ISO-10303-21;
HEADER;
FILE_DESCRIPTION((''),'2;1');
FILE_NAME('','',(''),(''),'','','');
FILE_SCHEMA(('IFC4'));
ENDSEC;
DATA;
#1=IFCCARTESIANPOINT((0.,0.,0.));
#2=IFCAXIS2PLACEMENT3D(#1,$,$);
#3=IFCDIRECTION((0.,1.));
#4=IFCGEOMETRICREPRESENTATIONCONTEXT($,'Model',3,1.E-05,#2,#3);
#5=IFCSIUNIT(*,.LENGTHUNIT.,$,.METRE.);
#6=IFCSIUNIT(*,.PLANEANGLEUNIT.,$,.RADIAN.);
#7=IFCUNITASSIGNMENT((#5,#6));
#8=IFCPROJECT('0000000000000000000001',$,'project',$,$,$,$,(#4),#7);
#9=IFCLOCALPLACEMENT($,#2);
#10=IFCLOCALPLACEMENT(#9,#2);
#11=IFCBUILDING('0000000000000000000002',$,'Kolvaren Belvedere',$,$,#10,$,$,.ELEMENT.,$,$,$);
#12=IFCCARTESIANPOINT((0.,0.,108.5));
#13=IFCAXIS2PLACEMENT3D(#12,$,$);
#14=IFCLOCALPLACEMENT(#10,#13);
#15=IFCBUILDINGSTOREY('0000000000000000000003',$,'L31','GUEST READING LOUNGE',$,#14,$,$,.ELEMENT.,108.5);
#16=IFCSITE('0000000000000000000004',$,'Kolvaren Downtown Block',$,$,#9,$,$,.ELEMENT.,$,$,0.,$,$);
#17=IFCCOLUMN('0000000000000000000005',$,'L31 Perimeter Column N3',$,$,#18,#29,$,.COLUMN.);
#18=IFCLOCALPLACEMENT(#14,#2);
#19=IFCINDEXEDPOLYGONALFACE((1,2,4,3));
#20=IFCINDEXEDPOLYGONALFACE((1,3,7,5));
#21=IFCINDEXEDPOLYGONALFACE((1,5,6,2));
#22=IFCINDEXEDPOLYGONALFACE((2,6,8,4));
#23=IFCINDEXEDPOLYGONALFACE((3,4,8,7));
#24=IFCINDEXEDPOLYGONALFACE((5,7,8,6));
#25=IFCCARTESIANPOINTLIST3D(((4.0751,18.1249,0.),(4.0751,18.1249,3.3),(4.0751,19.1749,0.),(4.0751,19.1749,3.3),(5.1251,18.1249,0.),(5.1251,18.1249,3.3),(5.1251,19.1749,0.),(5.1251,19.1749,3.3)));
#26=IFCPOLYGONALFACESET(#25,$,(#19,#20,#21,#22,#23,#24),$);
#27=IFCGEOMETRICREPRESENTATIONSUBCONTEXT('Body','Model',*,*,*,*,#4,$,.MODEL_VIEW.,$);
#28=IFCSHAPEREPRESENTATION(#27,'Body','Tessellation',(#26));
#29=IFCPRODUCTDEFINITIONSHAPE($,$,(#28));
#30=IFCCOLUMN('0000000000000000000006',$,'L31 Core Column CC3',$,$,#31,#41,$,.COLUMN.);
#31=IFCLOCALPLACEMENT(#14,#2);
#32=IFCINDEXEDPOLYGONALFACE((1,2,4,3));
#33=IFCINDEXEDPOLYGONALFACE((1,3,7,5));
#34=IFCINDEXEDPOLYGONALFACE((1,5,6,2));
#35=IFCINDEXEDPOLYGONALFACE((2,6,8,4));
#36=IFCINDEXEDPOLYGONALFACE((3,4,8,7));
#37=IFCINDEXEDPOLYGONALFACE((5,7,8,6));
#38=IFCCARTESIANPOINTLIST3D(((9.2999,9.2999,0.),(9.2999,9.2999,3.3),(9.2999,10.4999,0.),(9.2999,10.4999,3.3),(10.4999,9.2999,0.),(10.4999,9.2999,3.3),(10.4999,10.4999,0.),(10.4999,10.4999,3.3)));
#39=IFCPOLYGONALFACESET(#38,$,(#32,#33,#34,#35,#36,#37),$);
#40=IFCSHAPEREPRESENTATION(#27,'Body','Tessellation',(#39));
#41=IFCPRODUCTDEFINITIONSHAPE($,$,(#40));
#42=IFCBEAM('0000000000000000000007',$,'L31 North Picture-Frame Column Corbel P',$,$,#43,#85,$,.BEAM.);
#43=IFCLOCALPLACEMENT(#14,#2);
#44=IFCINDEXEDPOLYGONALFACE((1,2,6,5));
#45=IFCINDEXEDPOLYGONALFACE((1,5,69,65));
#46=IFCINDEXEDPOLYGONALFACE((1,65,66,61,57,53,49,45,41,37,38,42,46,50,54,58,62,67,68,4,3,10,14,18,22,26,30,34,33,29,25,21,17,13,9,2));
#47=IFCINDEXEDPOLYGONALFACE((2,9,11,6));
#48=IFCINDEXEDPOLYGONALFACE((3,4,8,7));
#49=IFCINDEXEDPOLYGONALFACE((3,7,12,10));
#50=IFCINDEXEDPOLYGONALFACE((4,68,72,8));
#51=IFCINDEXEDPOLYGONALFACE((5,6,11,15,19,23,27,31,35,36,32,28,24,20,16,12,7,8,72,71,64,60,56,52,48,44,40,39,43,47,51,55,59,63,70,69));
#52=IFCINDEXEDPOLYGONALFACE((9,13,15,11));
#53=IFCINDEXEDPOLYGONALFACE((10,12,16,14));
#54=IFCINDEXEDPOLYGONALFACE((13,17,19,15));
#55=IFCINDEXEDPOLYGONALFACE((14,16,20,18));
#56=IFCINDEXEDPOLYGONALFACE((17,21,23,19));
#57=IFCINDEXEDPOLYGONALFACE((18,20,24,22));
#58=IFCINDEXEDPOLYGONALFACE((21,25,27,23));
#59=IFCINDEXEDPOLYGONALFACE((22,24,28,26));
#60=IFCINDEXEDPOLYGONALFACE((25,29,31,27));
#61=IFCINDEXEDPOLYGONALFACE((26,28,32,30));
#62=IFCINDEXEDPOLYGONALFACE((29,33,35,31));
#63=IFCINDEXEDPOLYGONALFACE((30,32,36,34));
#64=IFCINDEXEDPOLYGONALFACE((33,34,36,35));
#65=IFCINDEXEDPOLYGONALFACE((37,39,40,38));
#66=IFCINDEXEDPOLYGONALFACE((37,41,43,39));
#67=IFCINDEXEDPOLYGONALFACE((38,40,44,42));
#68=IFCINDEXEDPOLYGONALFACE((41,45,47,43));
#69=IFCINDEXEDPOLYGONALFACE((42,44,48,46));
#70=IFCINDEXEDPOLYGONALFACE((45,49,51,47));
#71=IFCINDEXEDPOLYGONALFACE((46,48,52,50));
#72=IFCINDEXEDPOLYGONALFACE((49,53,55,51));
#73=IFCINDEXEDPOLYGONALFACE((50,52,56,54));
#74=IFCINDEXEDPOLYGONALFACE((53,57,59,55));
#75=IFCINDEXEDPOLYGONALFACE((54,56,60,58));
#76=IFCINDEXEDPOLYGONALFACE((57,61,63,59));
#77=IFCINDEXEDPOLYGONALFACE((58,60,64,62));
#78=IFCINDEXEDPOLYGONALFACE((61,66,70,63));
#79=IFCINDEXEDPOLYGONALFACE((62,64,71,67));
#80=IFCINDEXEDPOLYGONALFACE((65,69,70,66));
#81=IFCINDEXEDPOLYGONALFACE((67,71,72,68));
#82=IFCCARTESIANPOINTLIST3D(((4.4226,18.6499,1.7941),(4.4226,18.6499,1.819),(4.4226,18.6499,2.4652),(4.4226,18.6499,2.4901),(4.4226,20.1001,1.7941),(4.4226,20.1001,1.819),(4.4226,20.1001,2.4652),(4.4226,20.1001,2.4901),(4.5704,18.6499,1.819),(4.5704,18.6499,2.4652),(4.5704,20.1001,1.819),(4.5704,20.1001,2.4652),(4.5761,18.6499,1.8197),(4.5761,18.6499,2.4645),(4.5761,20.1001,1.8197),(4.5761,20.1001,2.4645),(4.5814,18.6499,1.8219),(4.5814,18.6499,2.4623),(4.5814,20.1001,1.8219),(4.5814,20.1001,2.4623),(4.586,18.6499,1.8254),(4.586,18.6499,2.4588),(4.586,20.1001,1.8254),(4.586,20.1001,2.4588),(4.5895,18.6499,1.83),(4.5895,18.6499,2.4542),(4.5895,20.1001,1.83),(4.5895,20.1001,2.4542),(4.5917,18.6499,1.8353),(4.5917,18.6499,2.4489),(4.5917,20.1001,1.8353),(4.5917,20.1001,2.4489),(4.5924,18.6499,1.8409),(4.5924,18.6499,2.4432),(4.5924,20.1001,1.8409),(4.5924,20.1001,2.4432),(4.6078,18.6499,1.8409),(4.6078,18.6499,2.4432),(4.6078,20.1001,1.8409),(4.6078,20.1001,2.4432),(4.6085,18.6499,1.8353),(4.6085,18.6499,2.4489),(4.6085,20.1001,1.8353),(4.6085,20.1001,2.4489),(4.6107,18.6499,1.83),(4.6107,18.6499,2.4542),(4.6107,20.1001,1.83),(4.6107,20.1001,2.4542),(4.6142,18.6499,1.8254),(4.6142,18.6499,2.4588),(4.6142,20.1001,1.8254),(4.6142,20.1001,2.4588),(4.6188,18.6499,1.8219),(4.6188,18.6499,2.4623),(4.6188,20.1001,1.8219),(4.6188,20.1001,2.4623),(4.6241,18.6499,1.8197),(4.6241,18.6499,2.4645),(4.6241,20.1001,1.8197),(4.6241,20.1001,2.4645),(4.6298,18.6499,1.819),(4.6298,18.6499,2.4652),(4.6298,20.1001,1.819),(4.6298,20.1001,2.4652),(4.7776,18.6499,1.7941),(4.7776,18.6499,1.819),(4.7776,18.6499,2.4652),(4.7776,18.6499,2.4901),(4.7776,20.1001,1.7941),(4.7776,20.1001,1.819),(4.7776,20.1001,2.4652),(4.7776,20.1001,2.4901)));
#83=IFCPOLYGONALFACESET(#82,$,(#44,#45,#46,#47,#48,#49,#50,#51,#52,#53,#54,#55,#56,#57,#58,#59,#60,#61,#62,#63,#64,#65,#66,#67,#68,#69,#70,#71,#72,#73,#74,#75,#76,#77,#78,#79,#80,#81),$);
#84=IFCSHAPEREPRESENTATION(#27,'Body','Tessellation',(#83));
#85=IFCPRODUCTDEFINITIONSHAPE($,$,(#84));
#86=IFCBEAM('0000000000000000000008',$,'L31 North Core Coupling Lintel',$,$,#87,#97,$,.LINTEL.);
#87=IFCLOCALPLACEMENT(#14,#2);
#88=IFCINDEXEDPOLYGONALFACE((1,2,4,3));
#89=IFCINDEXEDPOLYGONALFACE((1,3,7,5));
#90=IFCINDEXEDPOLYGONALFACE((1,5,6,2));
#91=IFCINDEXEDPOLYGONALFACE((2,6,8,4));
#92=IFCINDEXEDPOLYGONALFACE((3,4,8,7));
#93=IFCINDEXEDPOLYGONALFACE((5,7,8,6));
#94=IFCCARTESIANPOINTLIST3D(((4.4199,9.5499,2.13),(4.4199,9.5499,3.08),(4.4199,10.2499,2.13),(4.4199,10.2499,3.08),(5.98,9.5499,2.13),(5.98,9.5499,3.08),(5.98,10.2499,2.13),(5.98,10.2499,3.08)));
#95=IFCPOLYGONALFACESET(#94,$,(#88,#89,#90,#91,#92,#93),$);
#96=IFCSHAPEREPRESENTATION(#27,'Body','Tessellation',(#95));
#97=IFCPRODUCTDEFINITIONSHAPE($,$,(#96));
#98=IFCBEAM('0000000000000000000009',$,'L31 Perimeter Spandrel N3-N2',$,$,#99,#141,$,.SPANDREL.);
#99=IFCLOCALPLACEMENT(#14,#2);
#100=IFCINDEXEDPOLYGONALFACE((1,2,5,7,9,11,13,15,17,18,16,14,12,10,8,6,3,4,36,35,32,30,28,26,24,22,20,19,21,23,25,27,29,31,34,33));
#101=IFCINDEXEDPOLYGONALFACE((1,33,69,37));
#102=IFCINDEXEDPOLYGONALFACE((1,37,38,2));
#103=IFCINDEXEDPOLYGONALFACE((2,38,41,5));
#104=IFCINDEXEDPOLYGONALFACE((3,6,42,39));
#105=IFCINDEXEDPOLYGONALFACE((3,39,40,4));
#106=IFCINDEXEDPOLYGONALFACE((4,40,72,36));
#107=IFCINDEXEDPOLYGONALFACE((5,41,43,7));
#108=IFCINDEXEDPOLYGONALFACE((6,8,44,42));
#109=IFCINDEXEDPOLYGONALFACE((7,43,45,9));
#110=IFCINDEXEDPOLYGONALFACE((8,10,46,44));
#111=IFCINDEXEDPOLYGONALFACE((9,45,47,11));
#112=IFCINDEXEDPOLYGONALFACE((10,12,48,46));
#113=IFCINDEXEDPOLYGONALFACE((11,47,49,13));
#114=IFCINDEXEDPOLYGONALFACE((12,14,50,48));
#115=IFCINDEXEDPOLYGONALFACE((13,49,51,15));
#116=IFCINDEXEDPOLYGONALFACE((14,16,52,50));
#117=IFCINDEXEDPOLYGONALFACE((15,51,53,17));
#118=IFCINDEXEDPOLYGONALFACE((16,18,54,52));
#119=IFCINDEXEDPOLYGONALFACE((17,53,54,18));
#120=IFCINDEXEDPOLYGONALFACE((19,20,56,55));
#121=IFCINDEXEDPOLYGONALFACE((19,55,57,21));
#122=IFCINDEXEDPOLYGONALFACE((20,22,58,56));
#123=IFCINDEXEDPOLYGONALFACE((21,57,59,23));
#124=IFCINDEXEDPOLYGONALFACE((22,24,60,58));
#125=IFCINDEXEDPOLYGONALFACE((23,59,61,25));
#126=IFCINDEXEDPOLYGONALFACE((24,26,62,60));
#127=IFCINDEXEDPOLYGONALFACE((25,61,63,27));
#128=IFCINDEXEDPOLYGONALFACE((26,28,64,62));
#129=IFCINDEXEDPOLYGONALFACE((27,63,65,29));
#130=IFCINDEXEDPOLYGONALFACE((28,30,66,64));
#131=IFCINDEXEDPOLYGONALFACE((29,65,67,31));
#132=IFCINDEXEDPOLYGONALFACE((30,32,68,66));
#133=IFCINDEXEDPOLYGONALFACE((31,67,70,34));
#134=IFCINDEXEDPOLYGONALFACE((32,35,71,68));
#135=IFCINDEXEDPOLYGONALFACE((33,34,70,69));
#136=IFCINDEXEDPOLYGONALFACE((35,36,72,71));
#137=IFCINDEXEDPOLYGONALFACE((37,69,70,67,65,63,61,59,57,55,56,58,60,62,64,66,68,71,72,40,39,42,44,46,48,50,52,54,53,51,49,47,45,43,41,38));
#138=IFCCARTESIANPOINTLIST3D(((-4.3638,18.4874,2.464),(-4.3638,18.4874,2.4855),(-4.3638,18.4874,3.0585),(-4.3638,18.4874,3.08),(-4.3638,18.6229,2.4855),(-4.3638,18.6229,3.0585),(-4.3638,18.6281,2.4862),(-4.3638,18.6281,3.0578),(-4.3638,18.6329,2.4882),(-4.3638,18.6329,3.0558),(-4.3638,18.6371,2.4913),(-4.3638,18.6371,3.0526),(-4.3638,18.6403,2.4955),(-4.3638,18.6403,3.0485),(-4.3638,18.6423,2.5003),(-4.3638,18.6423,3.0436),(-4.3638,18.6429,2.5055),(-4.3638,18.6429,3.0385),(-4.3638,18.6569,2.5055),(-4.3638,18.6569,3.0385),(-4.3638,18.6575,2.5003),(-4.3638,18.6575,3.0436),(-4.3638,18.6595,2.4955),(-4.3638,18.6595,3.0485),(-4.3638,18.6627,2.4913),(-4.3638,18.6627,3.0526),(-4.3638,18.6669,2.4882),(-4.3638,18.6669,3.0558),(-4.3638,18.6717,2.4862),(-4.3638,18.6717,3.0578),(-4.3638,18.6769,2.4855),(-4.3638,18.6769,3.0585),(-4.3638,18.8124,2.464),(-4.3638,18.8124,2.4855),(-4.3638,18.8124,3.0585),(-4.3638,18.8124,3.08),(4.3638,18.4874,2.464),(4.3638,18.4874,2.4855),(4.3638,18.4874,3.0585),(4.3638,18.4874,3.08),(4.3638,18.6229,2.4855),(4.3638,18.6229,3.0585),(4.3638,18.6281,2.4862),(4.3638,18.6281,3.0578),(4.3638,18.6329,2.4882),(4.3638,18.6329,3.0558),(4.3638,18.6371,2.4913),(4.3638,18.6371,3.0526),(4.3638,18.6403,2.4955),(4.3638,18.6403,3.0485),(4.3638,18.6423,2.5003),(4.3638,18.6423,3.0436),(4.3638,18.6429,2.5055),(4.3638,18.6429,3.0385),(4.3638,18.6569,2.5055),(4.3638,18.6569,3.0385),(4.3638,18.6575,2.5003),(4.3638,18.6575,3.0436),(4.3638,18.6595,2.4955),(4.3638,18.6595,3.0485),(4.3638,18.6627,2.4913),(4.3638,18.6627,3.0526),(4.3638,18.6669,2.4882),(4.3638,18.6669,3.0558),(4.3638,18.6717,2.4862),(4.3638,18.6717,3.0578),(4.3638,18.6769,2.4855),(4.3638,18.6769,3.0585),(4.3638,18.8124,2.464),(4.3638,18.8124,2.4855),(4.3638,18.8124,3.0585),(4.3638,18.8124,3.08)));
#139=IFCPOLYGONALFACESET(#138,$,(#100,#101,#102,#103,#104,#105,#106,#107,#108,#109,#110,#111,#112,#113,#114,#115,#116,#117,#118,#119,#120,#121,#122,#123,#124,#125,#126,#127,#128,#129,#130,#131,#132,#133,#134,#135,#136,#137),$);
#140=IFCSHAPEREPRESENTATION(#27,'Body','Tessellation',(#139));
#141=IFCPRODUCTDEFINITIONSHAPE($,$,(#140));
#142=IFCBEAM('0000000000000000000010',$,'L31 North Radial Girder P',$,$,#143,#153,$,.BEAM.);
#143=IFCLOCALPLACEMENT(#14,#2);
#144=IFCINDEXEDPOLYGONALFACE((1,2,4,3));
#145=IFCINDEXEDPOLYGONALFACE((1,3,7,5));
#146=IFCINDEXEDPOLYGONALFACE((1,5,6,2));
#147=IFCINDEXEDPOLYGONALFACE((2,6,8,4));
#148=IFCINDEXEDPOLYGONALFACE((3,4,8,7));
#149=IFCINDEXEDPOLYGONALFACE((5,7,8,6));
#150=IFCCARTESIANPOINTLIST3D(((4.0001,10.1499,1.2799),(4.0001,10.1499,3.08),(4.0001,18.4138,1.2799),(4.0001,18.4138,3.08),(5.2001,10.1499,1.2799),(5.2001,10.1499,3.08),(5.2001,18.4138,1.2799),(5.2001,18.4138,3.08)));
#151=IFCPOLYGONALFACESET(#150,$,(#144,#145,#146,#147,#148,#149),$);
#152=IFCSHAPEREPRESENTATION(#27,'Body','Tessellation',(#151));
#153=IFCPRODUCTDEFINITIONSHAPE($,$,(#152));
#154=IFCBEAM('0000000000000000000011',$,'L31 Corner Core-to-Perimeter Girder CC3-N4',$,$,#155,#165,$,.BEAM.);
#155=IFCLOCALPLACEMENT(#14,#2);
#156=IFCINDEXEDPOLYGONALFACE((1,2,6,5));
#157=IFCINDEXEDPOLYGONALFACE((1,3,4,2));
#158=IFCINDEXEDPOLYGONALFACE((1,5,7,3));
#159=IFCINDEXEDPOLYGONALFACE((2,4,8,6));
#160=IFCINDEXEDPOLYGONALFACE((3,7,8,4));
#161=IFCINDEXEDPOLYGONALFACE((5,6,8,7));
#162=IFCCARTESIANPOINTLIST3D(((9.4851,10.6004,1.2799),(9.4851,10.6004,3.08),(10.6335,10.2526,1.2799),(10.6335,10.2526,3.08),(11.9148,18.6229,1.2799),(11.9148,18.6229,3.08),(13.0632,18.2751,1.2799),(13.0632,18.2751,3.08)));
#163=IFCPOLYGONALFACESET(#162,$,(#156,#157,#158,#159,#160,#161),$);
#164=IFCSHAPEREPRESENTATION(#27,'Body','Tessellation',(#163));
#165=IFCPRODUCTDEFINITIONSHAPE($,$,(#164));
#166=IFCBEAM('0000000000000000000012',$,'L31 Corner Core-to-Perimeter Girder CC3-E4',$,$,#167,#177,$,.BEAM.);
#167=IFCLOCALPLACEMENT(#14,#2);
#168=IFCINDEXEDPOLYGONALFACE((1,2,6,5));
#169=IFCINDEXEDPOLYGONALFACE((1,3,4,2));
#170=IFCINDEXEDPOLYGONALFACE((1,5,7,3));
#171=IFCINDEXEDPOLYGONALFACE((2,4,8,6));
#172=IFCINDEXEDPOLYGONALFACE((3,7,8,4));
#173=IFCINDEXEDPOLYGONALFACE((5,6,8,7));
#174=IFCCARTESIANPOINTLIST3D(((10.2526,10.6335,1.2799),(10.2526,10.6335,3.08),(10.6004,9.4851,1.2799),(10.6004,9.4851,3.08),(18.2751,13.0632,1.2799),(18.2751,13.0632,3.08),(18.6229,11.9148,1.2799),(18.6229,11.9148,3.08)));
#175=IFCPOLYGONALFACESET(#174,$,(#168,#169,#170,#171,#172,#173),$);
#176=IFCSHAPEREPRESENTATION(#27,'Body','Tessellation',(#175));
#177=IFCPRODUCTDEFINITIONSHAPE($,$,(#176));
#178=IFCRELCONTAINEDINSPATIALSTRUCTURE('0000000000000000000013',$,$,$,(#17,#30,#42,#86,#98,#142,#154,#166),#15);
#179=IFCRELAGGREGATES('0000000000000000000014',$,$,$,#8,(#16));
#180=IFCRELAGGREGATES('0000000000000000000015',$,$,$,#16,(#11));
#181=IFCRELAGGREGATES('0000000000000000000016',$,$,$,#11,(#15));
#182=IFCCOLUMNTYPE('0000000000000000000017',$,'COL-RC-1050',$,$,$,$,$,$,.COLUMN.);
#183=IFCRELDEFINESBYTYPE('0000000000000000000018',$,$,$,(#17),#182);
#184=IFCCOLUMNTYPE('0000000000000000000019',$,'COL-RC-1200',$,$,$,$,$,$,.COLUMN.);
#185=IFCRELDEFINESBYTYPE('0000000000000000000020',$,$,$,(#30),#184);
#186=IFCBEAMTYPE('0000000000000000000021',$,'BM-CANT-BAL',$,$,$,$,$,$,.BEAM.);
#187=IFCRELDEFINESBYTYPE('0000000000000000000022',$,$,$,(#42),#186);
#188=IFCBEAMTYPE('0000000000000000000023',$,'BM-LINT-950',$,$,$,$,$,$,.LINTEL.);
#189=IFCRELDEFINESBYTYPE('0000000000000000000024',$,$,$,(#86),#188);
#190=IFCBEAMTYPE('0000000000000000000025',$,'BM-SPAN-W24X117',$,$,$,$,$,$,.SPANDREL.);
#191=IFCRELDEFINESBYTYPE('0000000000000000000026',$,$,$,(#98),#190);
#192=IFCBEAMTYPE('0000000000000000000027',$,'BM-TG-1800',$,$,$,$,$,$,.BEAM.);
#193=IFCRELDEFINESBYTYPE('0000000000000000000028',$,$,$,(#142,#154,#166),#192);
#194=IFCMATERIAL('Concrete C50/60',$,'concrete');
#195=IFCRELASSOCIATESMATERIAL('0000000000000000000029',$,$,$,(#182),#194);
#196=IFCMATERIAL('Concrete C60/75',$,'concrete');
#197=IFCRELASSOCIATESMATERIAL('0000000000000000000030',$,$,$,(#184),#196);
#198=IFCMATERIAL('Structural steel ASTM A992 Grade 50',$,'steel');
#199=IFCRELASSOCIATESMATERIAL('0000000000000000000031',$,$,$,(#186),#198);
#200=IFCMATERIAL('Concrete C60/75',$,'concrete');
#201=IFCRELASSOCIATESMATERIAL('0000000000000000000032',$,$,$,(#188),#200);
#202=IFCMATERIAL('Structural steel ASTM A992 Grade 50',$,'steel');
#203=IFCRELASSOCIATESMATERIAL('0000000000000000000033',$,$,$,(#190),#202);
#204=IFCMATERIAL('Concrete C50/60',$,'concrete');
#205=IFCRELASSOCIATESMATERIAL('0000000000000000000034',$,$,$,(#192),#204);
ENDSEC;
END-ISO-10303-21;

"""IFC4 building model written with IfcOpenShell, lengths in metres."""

from ifc_helpers import new_model, si_unit, direction, frame, origin, origin_2d, place, context, subcontext, project, spatial, rectangle, i_section, extrude, material, material_profile, profile_set, type_object, element, save


model = new_model("IFC4")

# Units and contexts
model_context = context("Model", 3, precision=1e-05, world=origin(), true_north=direction((0.0, 1.0)))
body_context = subcontext(model_context, "Body", "Model", "MODEL_VIEW")
ifc_project = project(units=[si_unit("LENGTHUNIT", "METRE"), si_unit("PLANEANGLEUNIT", "RADIAN")], contexts=[model_context])

# Site, building, storey
site_placement = place(None, origin())
site = spatial("IfcSite", under=ifc_project, at=site_placement, Name="Kolvaren Downtown Block", CompositionType="ELEMENT", RefElevation=0.0)
building_placement = place(site_placement, origin())
building = spatial("IfcBuilding", under=site, at=building_placement, Name="Kolvaren Belvedere", CompositionType="ELEMENT")
storey_placement = place(building_placement, frame((0.0, 0.0, 108.5)))
storey = spatial("IfcBuildingStorey", under=building, at=storey_placement, Name="L31", Description="GUEST READING LOUNGE", CompositionType="ELEMENT", Elevation=108.5)

# Columns
ifc_material_1 = material(Name="Concrete C50/60", Category="concrete")
ifc_material_profile_1 = material_profile(ifc_material_1, rectangle(XDim=1.05, YDim=1.05, at=origin_2d()), Name="RC 1050X1050")
ifc_profile_set_1 = profile_set([ifc_material_profile_1], Name="Concrete C50/60")
column_type_1 = type_object("IfcColumnType", Name="COL-RC-1050", PredefinedType="COLUMN", material=ifc_profile_set_1)
column_1_placement = place(storey_placement, frame((4.6001, 18.6499, 0.0), z_axis=(0.0, 0.0, 1.0), x_axis=(1.0, 0.0, 0.0)))
element("IfcColumn", 1, at=column_1_placement, inside=storey, type_object=column_type_1, Name="L31 Perimeter Column N3", PredefinedType="COLUMN", context=body_context, shape_type="SweptSolid", body=[
    extrude(rectangle(XDim=1.05, YDim=1.05, at=origin_2d()), origin(), (0.0, 0.0, 1.0), 3.3),
])
ifc_material_2 = material(Name="Concrete C60/75", Category="concrete")
ifc_material_profile_2 = material_profile(ifc_material_2, rectangle(XDim=1.2, YDim=1.2, at=origin_2d()), Name="RC 1200X1200")
ifc_profile_set_2 = profile_set([ifc_material_profile_2], Name="Concrete C60/75")
column_type_2 = type_object("IfcColumnType", Name="COL-RC-1200", PredefinedType="COLUMN", material=ifc_profile_set_2)
column_2_placement = place(storey_placement, frame((9.8999, 9.8999, 0.0), z_axis=(0.0, 0.0, 1.0), x_axis=(1.0, 0.0, 0.0)))
element("IfcColumn", 2, at=column_2_placement, inside=storey, type_object=column_type_2, Name="L31 Core Column CC3", PredefinedType="COLUMN", context=body_context, shape_type="SweptSolid", body=[
    extrude(rectangle(XDim=1.2, YDim=1.2, at=origin_2d()), origin(), (0.0, 0.0, 1.0), 3.3),
])

# Beams
ifc_material_3 = material(Name="Structural steel ASTM A992 Grade 50", Category="steel")
ifc_material_profile_3 = material_profile(ifc_material_3, i_section(OverallWidth=0.355, OverallDepth=0.696, WebThickness=0.0154, FlangeThickness=0.0249, FilletRadius=0.022, at=origin_2d()), Name="W27X146")
ifc_profile_set_3 = profile_set([ifc_material_profile_3], Name="Structural steel ASTM A992 Grade 50")
beam_type_1 = type_object("IfcBeamType", Name="BM-CANT-BAL", PredefinedType="BEAM", material=ifc_profile_set_3)
beam_1_placement = place(storey_placement, frame((4.6001, 18.6499, 2.1421), z_axis=(0.0, 1.0, 0.0), x_axis=(-1.0, 0.0, 0.0)))
element("IfcBeam", 3, at=beam_1_placement, inside=storey, type_object=beam_type_1, Name="L31 North Picture-Frame Column Corbel P", PredefinedType="BEAM", context=body_context, shape_type="SweptSolid", body=[
    extrude(i_section(OverallWidth=0.355, OverallDepth=0.696, WebThickness=0.0154, FlangeThickness=0.0249, FilletRadius=0.022, at=origin_2d()), origin(), (0.0, 0.0, 1.0), 1.4502),
])
ifc_material_4 = material(Name="Concrete C60/75", Category="concrete")
ifc_material_profile_4 = material_profile(ifc_material_4, rectangle(XDim=0.7, YDim=0.95, at=origin_2d()), Name="RC 700X950")
ifc_profile_set_4 = profile_set([ifc_material_profile_4], Name="Concrete C60/75")
beam_type_2 = type_object("IfcBeamType", Name="BM-LINT-950", PredefinedType="LINTEL", material=ifc_profile_set_4)
beam_2_placement = place(storey_placement, frame((4.4199, 9.8999, 2.605), z_axis=(1.0, 0.0, 0.0), x_axis=(0.0, 1.0, 0.0)))
element("IfcBeam", 4, at=beam_2_placement, inside=storey, type_object=beam_type_2, Name="L31 North Core Coupling Lintel", PredefinedType="LINTEL", context=body_context, shape_type="SweptSolid", body=[
    extrude(rectangle(XDim=0.7, YDim=0.95, at=origin_2d()), origin(), (0.0, 0.0, 1.0), 1.5601),
])
ifc_material_5 = material(Name="Structural steel ASTM A992 Grade 50", Category="steel")
ifc_material_profile_5 = material_profile(ifc_material_5, i_section(OverallWidth=0.325, OverallDepth=0.616, WebThickness=0.0139, FlangeThickness=0.0215, FilletRadius=0.02, at=origin_2d()), Name="W24X117")
ifc_profile_set_5 = profile_set([ifc_material_profile_5], Name="Structural steel ASTM A992 Grade 50")
beam_type_3 = type_object("IfcBeamType", Name="BM-SPAN-W24X117", PredefinedType="SPANDREL", material=ifc_profile_set_5)
beam_3_placement = place(storey_placement, frame((4.3638, 18.6499, 2.772), z_axis=(-1.0, 0.0, 0.0), x_axis=(0.0, -1.0, 0.0)))
element("IfcBeam", 5, at=beam_3_placement, inside=storey, type_object=beam_type_3, Name="L31 Perimeter Spandrel N3-N2", PredefinedType="SPANDREL", context=body_context, shape_type="SweptSolid", body=[
    extrude(i_section(OverallWidth=0.325, OverallDepth=0.616, WebThickness=0.0139, FlangeThickness=0.0215, FilletRadius=0.02, at=origin_2d()), origin(), (0.0, 0.0, 1.0), 8.7275),
])
ifc_material_6 = material(Name="Concrete C50/60", Category="concrete")
ifc_material_profile_6 = material_profile(ifc_material_6, rectangle(XDim=1.2, YDim=1.8, at=origin_2d()), Name="RC 1200X1800")
ifc_profile_set_6 = profile_set([ifc_material_profile_6], Name="Concrete C50/60")
beam_type_4 = type_object("IfcBeamType", Name="BM-TG-1800", PredefinedType="BEAM", material=ifc_profile_set_6)
beam_4_placement = place(storey_placement, frame((4.6001, 10.1499, 2.1799), z_axis=(0.0, 1.0, 0.0), x_axis=(-1.0, 0.0, 0.0)))
element("IfcBeam", 6, at=beam_4_placement, inside=storey, type_object=beam_type_4, Name="L31 North Radial Girder P", PredefinedType="BEAM", context=body_context, shape_type="SweptSolid", body=[
    extrude(rectangle(XDim=1.2, YDim=1.8, at=origin_2d()), origin(), (0.0, 0.0, 1.0), 8.2639),
])
for number, where, z_axis, x_axis, name in (
    (7, (10.0593, 10.4265, 2.1799), (0.289859, 0.957069, 0.0), (-0.957069, 0.289859, 0.0), "L31 Corner Core-to-Perimeter Girder CC3-N4"),
    (8, (10.4265, 10.0593, 2.1799), (0.957069, 0.289859, 0.0), (-0.289859, 0.957069, 0.0), "L31 Corner Core-to-Perimeter Girder CC3-E4"),
):
    element("IfcBeam", number, at=place(storey_placement, frame(where, z_axis=z_axis, x_axis=x_axis)), inside=storey, type_object=beam_type_4, Name=name, PredefinedType="BEAM", context=body_context, shape_type="SweptSolid", body=[
        extrude(rectangle(XDim=1.2, YDim=1.8, at=origin_2d()), origin(), (0.0, 0.0, 1.0), 8.3823),
    ])

save(model, "model.ifc")
